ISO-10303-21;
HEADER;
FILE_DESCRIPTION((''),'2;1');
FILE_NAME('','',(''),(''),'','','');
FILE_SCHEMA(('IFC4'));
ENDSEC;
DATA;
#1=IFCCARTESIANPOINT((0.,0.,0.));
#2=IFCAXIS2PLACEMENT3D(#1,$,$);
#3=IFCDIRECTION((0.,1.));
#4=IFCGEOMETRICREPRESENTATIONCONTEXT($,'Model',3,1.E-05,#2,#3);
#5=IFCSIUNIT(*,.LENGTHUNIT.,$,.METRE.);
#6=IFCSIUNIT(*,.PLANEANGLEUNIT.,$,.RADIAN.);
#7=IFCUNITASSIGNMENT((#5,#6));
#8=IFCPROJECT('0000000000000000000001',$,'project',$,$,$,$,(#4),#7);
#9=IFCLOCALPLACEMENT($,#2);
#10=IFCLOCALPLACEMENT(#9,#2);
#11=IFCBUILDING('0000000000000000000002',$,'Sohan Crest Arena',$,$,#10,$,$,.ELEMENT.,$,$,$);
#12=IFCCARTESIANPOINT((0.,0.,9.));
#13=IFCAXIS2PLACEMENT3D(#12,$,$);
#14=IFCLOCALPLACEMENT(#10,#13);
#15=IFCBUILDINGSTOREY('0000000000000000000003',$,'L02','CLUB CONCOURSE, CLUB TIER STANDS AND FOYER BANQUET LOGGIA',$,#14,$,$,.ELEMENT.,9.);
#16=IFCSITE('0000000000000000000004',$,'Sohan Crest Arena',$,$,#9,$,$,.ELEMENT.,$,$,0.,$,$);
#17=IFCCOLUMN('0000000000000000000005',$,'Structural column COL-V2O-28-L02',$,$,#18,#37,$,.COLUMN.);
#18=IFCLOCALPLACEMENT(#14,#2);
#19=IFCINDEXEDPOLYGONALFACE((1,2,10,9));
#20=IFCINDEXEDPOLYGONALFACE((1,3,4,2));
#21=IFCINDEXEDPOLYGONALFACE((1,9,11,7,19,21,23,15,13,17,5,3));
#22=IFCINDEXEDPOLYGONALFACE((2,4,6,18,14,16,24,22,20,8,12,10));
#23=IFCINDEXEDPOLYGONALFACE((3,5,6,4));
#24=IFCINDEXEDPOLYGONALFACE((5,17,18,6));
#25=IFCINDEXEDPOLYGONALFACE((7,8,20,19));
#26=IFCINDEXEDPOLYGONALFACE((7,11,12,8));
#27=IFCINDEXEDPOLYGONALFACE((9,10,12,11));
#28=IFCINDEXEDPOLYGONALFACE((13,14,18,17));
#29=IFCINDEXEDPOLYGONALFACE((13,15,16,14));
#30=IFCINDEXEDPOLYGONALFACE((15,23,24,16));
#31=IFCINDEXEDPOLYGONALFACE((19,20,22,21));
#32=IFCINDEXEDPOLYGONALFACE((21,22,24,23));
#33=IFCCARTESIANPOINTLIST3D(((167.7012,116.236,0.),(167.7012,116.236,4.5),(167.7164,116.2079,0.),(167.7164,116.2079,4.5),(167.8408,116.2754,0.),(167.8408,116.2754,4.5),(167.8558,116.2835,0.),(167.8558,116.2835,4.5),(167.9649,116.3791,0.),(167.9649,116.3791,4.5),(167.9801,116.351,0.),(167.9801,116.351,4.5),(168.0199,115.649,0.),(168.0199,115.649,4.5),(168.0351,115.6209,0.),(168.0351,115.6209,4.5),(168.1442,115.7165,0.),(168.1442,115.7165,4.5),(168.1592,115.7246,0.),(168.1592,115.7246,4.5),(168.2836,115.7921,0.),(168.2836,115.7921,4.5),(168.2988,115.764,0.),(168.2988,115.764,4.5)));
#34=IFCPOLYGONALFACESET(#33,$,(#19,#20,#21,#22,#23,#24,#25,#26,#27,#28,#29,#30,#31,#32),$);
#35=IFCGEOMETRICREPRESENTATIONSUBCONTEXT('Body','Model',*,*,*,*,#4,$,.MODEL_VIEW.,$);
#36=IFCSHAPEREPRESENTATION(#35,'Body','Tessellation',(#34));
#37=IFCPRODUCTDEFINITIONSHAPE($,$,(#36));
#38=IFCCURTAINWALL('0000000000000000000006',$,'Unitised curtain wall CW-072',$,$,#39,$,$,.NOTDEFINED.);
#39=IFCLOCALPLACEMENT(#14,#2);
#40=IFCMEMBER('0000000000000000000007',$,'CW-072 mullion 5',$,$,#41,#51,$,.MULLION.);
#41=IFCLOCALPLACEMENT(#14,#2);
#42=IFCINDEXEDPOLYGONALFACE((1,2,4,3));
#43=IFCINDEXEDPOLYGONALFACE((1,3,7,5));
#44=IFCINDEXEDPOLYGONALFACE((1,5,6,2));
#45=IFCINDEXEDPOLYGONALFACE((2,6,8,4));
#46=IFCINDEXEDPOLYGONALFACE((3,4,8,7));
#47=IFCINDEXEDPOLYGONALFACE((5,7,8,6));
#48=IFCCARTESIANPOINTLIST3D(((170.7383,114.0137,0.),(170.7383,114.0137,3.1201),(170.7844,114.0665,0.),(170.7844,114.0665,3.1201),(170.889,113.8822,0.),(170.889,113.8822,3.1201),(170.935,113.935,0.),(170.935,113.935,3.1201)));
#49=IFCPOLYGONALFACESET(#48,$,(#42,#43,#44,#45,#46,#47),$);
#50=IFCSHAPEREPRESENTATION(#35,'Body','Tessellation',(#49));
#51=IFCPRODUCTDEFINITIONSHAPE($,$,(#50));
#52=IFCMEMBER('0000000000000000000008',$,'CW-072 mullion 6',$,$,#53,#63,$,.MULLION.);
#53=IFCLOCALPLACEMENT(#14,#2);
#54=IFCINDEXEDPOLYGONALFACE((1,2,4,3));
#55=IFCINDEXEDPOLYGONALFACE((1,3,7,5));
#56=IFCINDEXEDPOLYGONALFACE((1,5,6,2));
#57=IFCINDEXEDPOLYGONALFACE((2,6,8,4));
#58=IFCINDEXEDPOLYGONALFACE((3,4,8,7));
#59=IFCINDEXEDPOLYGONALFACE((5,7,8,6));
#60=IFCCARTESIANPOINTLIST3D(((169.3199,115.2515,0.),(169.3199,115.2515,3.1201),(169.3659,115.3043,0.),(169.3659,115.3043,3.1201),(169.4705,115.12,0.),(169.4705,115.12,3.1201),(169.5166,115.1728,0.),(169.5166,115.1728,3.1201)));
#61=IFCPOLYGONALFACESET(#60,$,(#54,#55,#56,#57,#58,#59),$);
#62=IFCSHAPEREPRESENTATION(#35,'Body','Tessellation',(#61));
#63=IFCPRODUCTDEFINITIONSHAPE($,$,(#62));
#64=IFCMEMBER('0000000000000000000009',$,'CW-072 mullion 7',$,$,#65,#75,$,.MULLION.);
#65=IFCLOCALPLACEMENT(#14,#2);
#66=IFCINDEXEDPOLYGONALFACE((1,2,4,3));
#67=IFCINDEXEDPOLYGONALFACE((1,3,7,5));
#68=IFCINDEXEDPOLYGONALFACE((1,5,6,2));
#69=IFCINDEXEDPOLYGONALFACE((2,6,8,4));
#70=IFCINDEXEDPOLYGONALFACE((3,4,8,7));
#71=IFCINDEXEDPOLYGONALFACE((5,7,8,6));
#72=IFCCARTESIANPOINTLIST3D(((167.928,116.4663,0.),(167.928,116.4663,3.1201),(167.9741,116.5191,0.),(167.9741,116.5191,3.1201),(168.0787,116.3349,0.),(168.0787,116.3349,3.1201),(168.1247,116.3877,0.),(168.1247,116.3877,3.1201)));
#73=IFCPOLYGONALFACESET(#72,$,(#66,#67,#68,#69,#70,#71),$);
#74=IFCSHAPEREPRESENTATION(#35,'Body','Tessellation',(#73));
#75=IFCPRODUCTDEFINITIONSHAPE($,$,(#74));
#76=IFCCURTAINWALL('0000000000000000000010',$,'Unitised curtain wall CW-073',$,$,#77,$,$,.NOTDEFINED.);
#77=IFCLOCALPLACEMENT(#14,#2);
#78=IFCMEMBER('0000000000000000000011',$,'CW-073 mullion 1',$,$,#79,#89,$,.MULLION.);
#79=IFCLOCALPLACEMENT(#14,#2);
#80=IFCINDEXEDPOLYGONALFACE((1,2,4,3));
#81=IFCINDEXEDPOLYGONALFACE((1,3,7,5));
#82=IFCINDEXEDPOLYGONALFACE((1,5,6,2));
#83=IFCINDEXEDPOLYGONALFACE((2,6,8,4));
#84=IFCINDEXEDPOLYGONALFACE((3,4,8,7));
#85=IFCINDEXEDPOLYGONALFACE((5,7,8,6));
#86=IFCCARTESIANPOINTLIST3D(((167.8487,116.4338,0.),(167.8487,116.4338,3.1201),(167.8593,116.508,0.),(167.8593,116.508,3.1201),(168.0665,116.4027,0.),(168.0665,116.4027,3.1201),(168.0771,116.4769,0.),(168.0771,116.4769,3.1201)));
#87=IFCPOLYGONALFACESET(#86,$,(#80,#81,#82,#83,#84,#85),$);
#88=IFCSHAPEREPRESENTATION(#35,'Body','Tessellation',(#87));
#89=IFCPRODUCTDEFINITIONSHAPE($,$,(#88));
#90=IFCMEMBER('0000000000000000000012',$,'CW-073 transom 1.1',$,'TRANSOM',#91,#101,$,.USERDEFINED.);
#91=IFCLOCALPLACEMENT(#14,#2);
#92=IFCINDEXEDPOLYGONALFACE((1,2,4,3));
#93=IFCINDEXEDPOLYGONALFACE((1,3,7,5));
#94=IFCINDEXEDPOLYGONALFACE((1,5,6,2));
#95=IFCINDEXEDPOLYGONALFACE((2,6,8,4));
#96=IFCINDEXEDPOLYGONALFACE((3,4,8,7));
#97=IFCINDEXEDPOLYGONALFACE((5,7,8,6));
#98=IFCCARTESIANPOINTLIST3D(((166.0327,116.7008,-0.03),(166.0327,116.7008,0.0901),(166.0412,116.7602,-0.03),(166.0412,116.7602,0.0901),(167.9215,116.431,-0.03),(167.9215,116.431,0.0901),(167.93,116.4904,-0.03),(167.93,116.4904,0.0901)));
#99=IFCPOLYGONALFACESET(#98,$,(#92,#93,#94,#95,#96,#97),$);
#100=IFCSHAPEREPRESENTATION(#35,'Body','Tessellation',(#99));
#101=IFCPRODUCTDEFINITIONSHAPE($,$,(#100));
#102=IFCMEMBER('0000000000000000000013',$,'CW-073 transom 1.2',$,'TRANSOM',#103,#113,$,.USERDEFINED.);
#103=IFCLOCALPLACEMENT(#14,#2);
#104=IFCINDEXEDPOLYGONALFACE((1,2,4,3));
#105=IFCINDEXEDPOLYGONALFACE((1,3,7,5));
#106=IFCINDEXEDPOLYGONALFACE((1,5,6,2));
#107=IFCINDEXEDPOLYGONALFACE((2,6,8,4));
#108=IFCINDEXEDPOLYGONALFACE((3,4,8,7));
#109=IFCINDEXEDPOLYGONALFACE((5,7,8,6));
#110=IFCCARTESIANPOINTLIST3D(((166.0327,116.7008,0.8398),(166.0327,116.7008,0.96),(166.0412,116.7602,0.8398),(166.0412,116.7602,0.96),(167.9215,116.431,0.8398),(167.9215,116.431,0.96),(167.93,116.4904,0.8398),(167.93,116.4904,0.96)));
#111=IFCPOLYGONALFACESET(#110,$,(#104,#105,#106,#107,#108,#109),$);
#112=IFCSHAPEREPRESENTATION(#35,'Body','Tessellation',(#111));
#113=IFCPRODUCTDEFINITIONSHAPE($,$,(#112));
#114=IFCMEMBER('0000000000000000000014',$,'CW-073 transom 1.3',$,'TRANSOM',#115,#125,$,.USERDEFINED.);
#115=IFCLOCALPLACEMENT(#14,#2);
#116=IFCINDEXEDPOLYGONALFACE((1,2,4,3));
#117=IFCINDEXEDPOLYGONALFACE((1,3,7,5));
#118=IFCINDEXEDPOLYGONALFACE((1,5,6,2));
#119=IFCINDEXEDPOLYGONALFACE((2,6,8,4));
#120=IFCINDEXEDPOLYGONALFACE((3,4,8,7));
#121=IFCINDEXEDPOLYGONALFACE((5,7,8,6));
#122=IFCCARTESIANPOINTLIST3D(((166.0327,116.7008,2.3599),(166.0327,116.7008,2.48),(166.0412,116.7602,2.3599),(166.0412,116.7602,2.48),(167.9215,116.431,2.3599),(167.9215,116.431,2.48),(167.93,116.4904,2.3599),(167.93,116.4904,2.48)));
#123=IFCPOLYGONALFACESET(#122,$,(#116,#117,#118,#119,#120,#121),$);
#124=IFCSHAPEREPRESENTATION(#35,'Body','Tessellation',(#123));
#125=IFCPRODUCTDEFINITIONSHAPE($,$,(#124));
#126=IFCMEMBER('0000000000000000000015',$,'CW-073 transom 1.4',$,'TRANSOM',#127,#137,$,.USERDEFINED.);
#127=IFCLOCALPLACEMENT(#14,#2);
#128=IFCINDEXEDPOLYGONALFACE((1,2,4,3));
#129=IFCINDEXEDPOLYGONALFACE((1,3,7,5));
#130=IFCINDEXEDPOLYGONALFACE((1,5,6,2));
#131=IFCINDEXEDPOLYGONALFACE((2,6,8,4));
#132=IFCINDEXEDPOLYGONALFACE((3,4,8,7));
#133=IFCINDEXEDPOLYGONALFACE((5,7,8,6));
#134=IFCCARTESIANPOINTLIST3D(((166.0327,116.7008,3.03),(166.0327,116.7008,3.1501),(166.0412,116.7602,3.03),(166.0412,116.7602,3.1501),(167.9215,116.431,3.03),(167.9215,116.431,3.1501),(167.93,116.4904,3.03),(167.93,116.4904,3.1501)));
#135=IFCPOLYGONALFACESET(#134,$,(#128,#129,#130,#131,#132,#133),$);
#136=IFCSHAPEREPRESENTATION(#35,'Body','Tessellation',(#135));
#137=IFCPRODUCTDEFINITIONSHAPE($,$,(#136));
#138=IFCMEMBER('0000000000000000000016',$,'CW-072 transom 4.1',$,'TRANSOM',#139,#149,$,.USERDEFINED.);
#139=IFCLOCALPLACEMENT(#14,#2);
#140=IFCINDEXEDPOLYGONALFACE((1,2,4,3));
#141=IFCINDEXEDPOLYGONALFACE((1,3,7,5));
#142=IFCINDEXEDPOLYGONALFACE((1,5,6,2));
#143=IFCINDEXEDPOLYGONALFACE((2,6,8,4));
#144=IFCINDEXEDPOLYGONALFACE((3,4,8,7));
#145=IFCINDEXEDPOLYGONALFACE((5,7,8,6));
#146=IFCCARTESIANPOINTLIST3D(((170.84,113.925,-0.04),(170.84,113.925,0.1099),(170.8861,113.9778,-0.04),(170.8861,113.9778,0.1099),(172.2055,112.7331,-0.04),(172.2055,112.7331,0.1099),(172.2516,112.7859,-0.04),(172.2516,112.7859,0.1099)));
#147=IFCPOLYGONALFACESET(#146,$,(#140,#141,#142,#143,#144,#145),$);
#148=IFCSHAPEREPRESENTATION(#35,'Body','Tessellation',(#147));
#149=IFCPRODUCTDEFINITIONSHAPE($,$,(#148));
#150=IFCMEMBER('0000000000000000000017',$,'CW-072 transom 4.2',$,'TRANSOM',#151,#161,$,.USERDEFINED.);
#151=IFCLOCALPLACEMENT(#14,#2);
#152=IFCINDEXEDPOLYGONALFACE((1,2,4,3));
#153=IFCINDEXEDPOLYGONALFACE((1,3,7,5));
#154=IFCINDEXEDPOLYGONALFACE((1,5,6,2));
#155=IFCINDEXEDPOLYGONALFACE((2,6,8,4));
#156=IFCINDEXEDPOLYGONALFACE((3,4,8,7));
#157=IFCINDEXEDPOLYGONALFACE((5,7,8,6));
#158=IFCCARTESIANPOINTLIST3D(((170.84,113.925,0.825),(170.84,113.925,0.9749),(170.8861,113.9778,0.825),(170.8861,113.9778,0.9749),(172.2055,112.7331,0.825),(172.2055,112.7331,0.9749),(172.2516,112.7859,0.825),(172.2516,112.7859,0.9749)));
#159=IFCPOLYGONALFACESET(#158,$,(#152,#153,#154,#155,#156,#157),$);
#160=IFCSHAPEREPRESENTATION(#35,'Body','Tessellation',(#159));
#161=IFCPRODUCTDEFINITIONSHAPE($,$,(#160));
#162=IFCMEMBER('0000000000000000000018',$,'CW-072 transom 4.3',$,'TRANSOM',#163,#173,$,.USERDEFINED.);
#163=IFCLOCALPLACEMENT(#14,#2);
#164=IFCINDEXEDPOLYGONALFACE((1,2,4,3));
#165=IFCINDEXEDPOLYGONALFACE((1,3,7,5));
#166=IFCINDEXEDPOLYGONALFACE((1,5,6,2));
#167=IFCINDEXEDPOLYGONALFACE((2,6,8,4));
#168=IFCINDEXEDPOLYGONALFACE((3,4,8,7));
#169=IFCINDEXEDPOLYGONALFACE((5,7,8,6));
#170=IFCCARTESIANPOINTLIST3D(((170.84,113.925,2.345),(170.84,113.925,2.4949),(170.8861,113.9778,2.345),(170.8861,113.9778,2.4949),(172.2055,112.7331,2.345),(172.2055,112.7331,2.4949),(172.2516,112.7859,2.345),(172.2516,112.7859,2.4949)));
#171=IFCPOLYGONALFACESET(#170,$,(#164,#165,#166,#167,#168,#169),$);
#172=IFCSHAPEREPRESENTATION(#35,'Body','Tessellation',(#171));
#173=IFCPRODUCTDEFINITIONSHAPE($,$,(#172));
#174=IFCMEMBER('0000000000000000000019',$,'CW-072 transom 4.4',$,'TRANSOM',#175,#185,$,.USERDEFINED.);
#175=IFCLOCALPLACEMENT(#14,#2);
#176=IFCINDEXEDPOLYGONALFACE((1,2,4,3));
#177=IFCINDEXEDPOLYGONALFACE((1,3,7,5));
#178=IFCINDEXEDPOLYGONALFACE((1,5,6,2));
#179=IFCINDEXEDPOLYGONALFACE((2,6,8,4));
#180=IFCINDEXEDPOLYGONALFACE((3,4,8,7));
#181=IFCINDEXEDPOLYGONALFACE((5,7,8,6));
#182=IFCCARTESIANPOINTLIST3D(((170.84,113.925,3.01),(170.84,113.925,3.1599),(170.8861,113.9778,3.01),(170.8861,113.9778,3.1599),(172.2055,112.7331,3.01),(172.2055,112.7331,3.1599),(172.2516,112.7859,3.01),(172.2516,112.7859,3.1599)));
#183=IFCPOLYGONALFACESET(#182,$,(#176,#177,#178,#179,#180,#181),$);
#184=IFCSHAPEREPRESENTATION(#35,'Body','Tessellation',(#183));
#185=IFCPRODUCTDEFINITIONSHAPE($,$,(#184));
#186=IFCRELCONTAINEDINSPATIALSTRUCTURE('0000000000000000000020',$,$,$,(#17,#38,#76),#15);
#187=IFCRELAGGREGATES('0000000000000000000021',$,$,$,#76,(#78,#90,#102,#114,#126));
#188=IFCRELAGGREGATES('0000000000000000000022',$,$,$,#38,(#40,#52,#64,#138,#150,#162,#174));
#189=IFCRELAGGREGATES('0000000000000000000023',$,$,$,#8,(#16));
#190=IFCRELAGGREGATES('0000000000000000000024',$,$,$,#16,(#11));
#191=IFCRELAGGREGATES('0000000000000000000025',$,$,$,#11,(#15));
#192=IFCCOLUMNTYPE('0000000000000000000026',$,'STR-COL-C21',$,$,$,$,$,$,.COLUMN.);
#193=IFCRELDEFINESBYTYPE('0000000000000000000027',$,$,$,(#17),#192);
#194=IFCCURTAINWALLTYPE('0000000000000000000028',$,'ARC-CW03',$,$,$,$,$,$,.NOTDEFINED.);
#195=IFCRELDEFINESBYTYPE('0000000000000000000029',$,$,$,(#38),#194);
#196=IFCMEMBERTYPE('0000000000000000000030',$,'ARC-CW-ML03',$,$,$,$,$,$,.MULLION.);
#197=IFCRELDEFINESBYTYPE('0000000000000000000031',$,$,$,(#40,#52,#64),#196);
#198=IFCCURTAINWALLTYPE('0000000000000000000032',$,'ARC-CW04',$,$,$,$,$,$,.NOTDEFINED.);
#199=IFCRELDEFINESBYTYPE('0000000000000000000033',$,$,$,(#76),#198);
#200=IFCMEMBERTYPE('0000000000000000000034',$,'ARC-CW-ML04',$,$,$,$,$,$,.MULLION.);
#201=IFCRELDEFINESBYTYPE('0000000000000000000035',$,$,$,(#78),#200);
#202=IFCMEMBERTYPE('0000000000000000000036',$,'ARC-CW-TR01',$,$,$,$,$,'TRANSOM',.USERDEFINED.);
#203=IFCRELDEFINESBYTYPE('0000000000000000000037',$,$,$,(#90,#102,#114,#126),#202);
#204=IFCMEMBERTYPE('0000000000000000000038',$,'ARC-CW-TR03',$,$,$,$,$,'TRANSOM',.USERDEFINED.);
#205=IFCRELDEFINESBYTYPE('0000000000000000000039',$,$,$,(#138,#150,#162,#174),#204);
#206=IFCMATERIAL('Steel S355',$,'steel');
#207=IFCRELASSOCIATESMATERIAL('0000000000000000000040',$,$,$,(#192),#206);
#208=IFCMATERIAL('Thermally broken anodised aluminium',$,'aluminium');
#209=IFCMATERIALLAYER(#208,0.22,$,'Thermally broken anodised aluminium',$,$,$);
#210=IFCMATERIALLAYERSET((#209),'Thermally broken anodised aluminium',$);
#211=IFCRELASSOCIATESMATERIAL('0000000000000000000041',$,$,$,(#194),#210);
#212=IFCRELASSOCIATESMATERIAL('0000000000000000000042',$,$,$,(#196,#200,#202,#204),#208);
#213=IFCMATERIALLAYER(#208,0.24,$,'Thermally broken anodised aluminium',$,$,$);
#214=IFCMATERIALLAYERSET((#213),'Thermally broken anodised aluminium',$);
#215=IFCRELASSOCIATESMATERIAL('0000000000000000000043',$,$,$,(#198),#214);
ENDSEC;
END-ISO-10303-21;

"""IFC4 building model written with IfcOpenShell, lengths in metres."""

from ifc_helpers import new_model, si_unit, direction, frame, origin, origin_2d, place, context, subcontext, project, spatial, rectangle, i_section, extrude, material, layer, layer_set, material_profile, profile_set, type_object, element, aggregate, save


model = new_model("IFC4")

# Units and contexts
model_context = context("Model", 3, precision=1e-05, world=origin(), true_north=direction((0.0, 1.0)))
body_context = subcontext(model_context, "Body", "Model", "MODEL_VIEW")
ifc_project = project(units=[si_unit("LENGTHUNIT", "METRE"), si_unit("PLANEANGLEUNIT", "RADIAN")], contexts=[model_context])

# Site, building, storey
site_placement = place(None, origin())
site = spatial("IfcSite", under=ifc_project, at=site_placement, Name="Sohan Crest Arena", CompositionType="ELEMENT", RefElevation=0.0)
building_placement = place(site_placement, origin())
building = spatial("IfcBuilding", under=site, at=building_placement, Name="Sohan Crest Arena", CompositionType="ELEMENT")
storey_placement = place(building_placement, frame((0.0, 0.0, 9.0)))
storey = spatial("IfcBuildingStorey", under=building, at=storey_placement, Name="L02", Description="CLUB CONCOURSE, CLUB TIER STANDS AND FOYER BANQUET LOGGIA", CompositionType="ELEMENT", Elevation=9.0)

# Column
ifc_material_1 = material(Name="Steel S355", Category="steel")
ifc_material_profile_1 = material_profile(ifc_material_1, i_section(OverallWidth=0.3, OverallDepth=0.7, WebThickness=0.0171, FlangeThickness=0.032, at=origin_2d()), Name="HEB 700")
ifc_profile_set_1 = profile_set([ifc_material_profile_1], Name="Steel S355")
column_type = type_object("IfcColumnType", Name="STR-COL-C21", PredefinedType="COLUMN", material=ifc_profile_set_1)
column_placement = place(storey_placement, frame((168.0, 116.0, 0.0), z_axis=(0.0, 0.0, 1.0), x_axis=(0.878817, 0.477159, 0.0)))
element("IfcColumn", 1, at=column_placement, inside=storey, type_object=column_type, Name="Structural column COL-V2O-28-L02", PredefinedType="COLUMN", context=body_context, shape_type="SweptSolid", body=[
    extrude(i_section(OverallWidth=0.3, OverallDepth=0.7, WebThickness=0.0171, FlangeThickness=0.032, at=origin_2d()), origin(), (0.0, 0.0, 1.0), 4.5),
])

# Curtain walls, members
ifc_material_2 = material(Name="Thermally broken anodised aluminium", Category="aluminium")
ifc_layer_1 = layer(ifc_material_2, 0.22, Name="Thermally broken anodised aluminium")
ifc_layer_set_1 = layer_set([ifc_layer_1], Name="Thermally broken anodised aluminium")
curtain_wall_type_1 = type_object("IfcCurtainWallType", Name="ARC-CW03", PredefinedType="NOTDEFINED", material=ifc_layer_set_1)
curtain_wall_1_placement = place(storey_placement, origin())
curtain_wall_1 = element("IfcCurtainWall", 2, at=curtain_wall_1_placement, inside=storey, type_object=curtain_wall_type_1, Name="Unitised curtain wall CW-072", PredefinedType="NOTDEFINED")
ifc_material_profile_2 = material_profile(ifc_material_2, rectangle(XDim=0.0701, YDim=0.2, at=origin_2d()), Name="ALU-MULL 70x200")
ifc_profile_set_2 = profile_set([ifc_material_profile_2], Name="Thermally broken anodised aluminium")
member_type_1 = type_object("IfcMemberType", Name="ARC-CW-ML03", PredefinedType="MULLION", material=ifc_profile_set_2)
member_1_placement = place(storey_placement, frame((170.8367, 113.9744, 0.0), z_axis=(0.0, 0.0, 1.0), x_axis=(-0.657539, -0.753421, 0.0)))
member_1 = element("IfcMember", 3, at=member_1_placement, type_object=member_type_1, Name="CW-072 mullion 5", PredefinedType="MULLION", context=body_context, shape_type="SweptSolid", body=[
    extrude(rectangle(XDim=0.0701, YDim=0.2, at=origin_2d()), origin(), (0.0, 0.0, 1.0), 3.1201),
])
member_2_placement = place(storey_placement, frame((169.4182, 115.2122, 0.0), z_axis=(0.0, 0.0, 1.0), x_axis=(-0.657539, -0.753421, 0.0)))
member_2 = element("IfcMember", 4, at=member_2_placement, type_object=member_type_1, Name="CW-072 mullion 6", PredefinedType="MULLION", context=body_context, shape_type="SweptSolid", body=[
    extrude(rectangle(XDim=0.0701, YDim=0.2, at=origin_2d()), origin(), (0.0, 0.0, 1.0), 3.1201),
])
member_3_placement = place(storey_placement, frame((168.0264, 116.427, 0.0), z_axis=(0.0, 0.0, 1.0), x_axis=(-0.657539, -0.753421, 0.0)))
member_3 = element("IfcMember", 5, at=member_3_placement, type_object=member_type_1, Name="CW-072 mullion 7", PredefinedType="MULLION", context=body_context, shape_type="SweptSolid", body=[
    extrude(rectangle(XDim=0.0701, YDim=0.2, at=origin_2d()), origin(), (0.0, 0.0, 1.0), 3.1201),
])
ifc_layer_2 = layer(ifc_material_2, 0.24, Name="Thermally broken anodised aluminium")
ifc_layer_set_2 = layer_set([ifc_layer_2], Name="Thermally broken anodised aluminium")
curtain_wall_type_2 = type_object("IfcCurtainWallType", Name="ARC-CW04", PredefinedType="NOTDEFINED", material=ifc_layer_set_2)
curtain_wall_2_placement = place(storey_placement, origin())
curtain_wall_2 = element("IfcCurtainWall", 6, at=curtain_wall_2_placement, inside=storey, type_object=curtain_wall_type_2, Name="Unitised curtain wall CW-073", PredefinedType="NOTDEFINED")
ifc_material_profile_3 = material_profile(ifc_material_2, rectangle(XDim=0.075, YDim=0.22, at=origin_2d()), Name="ALU-MULL 75x220")
ifc_profile_set_3 = profile_set([ifc_material_profile_3], Name="Thermally broken anodised aluminium")
member_type_2 = type_object("IfcMemberType", Name="ARC-CW-ML04", PredefinedType="MULLION", material=ifc_profile_set_3)
member_4_placement = place(storey_placement, frame((167.9629, 116.4553, 0.0), z_axis=(0.0, 0.0, 1.0), x_axis=(-0.141463, -0.989944, 0.0)))
member_4 = element("IfcMember", 7, at=member_4_placement, type_object=member_type_2, Name="CW-073 mullion 1", PredefinedType="MULLION", context=body_context, shape_type="SweptSolid", body=[
    extrude(rectangle(XDim=0.075, YDim=0.22, at=origin_2d()), origin(), (0.0, 0.0, 1.0), 3.1201),
])
ifc_material_profile_4 = material_profile(ifc_material_2, rectangle(XDim=0.0601, YDim=0.1201, at=origin_2d()), Name="ALU-TRAN 60x120")
ifc_profile_set_4 = profile_set([ifc_material_profile_4], Name="Thermally broken anodised aluminium")
member_type_3 = type_object("IfcMemberType", Name="ARC-CW-TR01", ElementType="TRANSOM", PredefinedType="USERDEFINED", material=ifc_profile_set_4)
member_5_placement = place(storey_placement, frame((167.9258, 116.4607, 0.03), z_axis=(-0.989952, 0.141403, 0.0), x_axis=(-0.141403, -0.989952, 0.0)))
member_5 = element("IfcMember", 8, at=member_5_placement, type_object=member_type_3, Name="CW-073 transom 1.1", ObjectType="TRANSOM", PredefinedType="USERDEFINED", context=body_context, shape_type="SweptSolid", body=[
    extrude(rectangle(XDim=0.0601, YDim=0.1201, at=origin_2d()), origin(), (0.0, 0.0, 1.0), 1.908),
])
member_6_placement = place(storey_placement, frame((167.9258, 116.4607, 0.8999), z_axis=(-0.989952, 0.141403, 0.0), x_axis=(-0.141403, -0.989952, 0.0)))
member_6 = element("IfcMember", 9, at=member_6_placement, type_object=member_type_3, Name="CW-073 transom 1.2", ObjectType="TRANSOM", PredefinedType="USERDEFINED", context=body_context, shape_type="SweptSolid", body=[
    extrude(rectangle(XDim=0.0601, YDim=0.1201, at=origin_2d()), origin(), (0.0, 0.0, 1.0), 1.908),
])
member_7_placement = place(storey_placement, frame((167.9258, 116.4607, 2.4199), z_axis=(-0.989952, 0.141403, 0.0), x_axis=(-0.141403, -0.989952, 0.0)))
member_7 = element("IfcMember", 10, at=member_7_placement, type_object=member_type_3, Name="CW-073 transom 1.3", ObjectType="TRANSOM", PredefinedType="USERDEFINED", context=body_context, shape_type="SweptSolid", body=[
    extrude(rectangle(XDim=0.0601, YDim=0.1201, at=origin_2d()), origin(), (0.0, 0.0, 1.0), 1.908),
])
member_8_placement = place(storey_placement, frame((167.9258, 116.4607, 3.0901), z_axis=(-0.989952, 0.141403, 0.0), x_axis=(-0.141403, -0.989952, 0.0)))
member_8 = element("IfcMember", 11, at=member_8_placement, type_object=member_type_3, Name="CW-073 transom 1.4", ObjectType="TRANSOM", PredefinedType="USERDEFINED", context=body_context, shape_type="SweptSolid", body=[
    extrude(rectangle(XDim=0.0601, YDim=0.1201, at=origin_2d()), origin(), (0.0, 0.0, 1.0), 1.908),
])
aggregate(curtain_wall_2, [member_4, member_5, member_6, member_7, member_8])

# Members
ifc_material_profile_5 = material_profile(ifc_material_2, rectangle(XDim=0.0701, YDim=0.1499, at=origin_2d()), Name="ALU-TRAN 70x150")
ifc_profile_set_5 = profile_set([ifc_material_profile_5], Name="Thermally broken anodised aluminium")
member_type_4 = type_object("IfcMemberType", Name="ARC-CW-TR03", ElementType="TRANSOM", PredefinedType="USERDEFINED", material=ifc_profile_set_5)
member_9_placement = place(storey_placement, frame((172.2285, 112.7595, 0.0349), z_axis=(-0.753369, 0.657598, 0.0), x_axis=(-0.657598, -0.753369, 0.0)))
member_9 = element("IfcMember", 12, at=member_9_placement, type_object=member_type_4, Name="CW-072 transom 4.1", ObjectType="TRANSOM", PredefinedType="USERDEFINED", context=body_context, shape_type="SweptSolid", body=[
    extrude(rectangle(XDim=0.0701, YDim=0.1499, at=origin_2d()), origin(), (0.0, 0.0, 1.0), 1.8125),
])
member_10_placement = place(storey_placement, frame((172.2285, 112.7595, 0.8999), z_axis=(-0.753369, 0.657598, 0.0), x_axis=(-0.657598, -0.753369, 0.0)))
member_10 = element("IfcMember", 13, at=member_10_placement, type_object=member_type_4, Name="CW-072 transom 4.2", ObjectType="TRANSOM", PredefinedType="USERDEFINED", context=body_context, shape_type="SweptSolid", body=[
    extrude(rectangle(XDim=0.0701, YDim=0.1499, at=origin_2d()), origin(), (0.0, 0.0, 1.0), 1.8125),
])
member_11_placement = place(storey_placement, frame((172.2285, 112.7595, 2.4199), z_axis=(-0.753369, 0.657598, 0.0), x_axis=(-0.657598, -0.753369, 0.0)))
member_11 = element("IfcMember", 14, at=member_11_placement, type_object=member_type_4, Name="CW-072 transom 4.3", ObjectType="TRANSOM", PredefinedType="USERDEFINED", context=body_context, shape_type="SweptSolid", body=[
    extrude(rectangle(XDim=0.0701, YDim=0.1499, at=origin_2d()), origin(), (0.0, 0.0, 1.0), 1.8125),
])
member_12_placement = place(storey_placement, frame((172.2285, 112.7595, 3.085), z_axis=(-0.753369, 0.657598, 0.0), x_axis=(-0.657598, -0.753369, 0.0)))
member_12 = element("IfcMember", 15, at=member_12_placement, type_object=member_type_4, Name="CW-072 transom 4.4", ObjectType="TRANSOM", PredefinedType="USERDEFINED", context=body_context, shape_type="SweptSolid", body=[
    extrude(rectangle(XDim=0.0701, YDim=0.1499, at=origin_2d()), origin(), (0.0, 0.0, 1.0), 1.8125),
])

aggregate(curtain_wall_1, [member_1, member_2, member_3, member_9, member_10, member_11, member_12])

save(model, "model.ifc")
